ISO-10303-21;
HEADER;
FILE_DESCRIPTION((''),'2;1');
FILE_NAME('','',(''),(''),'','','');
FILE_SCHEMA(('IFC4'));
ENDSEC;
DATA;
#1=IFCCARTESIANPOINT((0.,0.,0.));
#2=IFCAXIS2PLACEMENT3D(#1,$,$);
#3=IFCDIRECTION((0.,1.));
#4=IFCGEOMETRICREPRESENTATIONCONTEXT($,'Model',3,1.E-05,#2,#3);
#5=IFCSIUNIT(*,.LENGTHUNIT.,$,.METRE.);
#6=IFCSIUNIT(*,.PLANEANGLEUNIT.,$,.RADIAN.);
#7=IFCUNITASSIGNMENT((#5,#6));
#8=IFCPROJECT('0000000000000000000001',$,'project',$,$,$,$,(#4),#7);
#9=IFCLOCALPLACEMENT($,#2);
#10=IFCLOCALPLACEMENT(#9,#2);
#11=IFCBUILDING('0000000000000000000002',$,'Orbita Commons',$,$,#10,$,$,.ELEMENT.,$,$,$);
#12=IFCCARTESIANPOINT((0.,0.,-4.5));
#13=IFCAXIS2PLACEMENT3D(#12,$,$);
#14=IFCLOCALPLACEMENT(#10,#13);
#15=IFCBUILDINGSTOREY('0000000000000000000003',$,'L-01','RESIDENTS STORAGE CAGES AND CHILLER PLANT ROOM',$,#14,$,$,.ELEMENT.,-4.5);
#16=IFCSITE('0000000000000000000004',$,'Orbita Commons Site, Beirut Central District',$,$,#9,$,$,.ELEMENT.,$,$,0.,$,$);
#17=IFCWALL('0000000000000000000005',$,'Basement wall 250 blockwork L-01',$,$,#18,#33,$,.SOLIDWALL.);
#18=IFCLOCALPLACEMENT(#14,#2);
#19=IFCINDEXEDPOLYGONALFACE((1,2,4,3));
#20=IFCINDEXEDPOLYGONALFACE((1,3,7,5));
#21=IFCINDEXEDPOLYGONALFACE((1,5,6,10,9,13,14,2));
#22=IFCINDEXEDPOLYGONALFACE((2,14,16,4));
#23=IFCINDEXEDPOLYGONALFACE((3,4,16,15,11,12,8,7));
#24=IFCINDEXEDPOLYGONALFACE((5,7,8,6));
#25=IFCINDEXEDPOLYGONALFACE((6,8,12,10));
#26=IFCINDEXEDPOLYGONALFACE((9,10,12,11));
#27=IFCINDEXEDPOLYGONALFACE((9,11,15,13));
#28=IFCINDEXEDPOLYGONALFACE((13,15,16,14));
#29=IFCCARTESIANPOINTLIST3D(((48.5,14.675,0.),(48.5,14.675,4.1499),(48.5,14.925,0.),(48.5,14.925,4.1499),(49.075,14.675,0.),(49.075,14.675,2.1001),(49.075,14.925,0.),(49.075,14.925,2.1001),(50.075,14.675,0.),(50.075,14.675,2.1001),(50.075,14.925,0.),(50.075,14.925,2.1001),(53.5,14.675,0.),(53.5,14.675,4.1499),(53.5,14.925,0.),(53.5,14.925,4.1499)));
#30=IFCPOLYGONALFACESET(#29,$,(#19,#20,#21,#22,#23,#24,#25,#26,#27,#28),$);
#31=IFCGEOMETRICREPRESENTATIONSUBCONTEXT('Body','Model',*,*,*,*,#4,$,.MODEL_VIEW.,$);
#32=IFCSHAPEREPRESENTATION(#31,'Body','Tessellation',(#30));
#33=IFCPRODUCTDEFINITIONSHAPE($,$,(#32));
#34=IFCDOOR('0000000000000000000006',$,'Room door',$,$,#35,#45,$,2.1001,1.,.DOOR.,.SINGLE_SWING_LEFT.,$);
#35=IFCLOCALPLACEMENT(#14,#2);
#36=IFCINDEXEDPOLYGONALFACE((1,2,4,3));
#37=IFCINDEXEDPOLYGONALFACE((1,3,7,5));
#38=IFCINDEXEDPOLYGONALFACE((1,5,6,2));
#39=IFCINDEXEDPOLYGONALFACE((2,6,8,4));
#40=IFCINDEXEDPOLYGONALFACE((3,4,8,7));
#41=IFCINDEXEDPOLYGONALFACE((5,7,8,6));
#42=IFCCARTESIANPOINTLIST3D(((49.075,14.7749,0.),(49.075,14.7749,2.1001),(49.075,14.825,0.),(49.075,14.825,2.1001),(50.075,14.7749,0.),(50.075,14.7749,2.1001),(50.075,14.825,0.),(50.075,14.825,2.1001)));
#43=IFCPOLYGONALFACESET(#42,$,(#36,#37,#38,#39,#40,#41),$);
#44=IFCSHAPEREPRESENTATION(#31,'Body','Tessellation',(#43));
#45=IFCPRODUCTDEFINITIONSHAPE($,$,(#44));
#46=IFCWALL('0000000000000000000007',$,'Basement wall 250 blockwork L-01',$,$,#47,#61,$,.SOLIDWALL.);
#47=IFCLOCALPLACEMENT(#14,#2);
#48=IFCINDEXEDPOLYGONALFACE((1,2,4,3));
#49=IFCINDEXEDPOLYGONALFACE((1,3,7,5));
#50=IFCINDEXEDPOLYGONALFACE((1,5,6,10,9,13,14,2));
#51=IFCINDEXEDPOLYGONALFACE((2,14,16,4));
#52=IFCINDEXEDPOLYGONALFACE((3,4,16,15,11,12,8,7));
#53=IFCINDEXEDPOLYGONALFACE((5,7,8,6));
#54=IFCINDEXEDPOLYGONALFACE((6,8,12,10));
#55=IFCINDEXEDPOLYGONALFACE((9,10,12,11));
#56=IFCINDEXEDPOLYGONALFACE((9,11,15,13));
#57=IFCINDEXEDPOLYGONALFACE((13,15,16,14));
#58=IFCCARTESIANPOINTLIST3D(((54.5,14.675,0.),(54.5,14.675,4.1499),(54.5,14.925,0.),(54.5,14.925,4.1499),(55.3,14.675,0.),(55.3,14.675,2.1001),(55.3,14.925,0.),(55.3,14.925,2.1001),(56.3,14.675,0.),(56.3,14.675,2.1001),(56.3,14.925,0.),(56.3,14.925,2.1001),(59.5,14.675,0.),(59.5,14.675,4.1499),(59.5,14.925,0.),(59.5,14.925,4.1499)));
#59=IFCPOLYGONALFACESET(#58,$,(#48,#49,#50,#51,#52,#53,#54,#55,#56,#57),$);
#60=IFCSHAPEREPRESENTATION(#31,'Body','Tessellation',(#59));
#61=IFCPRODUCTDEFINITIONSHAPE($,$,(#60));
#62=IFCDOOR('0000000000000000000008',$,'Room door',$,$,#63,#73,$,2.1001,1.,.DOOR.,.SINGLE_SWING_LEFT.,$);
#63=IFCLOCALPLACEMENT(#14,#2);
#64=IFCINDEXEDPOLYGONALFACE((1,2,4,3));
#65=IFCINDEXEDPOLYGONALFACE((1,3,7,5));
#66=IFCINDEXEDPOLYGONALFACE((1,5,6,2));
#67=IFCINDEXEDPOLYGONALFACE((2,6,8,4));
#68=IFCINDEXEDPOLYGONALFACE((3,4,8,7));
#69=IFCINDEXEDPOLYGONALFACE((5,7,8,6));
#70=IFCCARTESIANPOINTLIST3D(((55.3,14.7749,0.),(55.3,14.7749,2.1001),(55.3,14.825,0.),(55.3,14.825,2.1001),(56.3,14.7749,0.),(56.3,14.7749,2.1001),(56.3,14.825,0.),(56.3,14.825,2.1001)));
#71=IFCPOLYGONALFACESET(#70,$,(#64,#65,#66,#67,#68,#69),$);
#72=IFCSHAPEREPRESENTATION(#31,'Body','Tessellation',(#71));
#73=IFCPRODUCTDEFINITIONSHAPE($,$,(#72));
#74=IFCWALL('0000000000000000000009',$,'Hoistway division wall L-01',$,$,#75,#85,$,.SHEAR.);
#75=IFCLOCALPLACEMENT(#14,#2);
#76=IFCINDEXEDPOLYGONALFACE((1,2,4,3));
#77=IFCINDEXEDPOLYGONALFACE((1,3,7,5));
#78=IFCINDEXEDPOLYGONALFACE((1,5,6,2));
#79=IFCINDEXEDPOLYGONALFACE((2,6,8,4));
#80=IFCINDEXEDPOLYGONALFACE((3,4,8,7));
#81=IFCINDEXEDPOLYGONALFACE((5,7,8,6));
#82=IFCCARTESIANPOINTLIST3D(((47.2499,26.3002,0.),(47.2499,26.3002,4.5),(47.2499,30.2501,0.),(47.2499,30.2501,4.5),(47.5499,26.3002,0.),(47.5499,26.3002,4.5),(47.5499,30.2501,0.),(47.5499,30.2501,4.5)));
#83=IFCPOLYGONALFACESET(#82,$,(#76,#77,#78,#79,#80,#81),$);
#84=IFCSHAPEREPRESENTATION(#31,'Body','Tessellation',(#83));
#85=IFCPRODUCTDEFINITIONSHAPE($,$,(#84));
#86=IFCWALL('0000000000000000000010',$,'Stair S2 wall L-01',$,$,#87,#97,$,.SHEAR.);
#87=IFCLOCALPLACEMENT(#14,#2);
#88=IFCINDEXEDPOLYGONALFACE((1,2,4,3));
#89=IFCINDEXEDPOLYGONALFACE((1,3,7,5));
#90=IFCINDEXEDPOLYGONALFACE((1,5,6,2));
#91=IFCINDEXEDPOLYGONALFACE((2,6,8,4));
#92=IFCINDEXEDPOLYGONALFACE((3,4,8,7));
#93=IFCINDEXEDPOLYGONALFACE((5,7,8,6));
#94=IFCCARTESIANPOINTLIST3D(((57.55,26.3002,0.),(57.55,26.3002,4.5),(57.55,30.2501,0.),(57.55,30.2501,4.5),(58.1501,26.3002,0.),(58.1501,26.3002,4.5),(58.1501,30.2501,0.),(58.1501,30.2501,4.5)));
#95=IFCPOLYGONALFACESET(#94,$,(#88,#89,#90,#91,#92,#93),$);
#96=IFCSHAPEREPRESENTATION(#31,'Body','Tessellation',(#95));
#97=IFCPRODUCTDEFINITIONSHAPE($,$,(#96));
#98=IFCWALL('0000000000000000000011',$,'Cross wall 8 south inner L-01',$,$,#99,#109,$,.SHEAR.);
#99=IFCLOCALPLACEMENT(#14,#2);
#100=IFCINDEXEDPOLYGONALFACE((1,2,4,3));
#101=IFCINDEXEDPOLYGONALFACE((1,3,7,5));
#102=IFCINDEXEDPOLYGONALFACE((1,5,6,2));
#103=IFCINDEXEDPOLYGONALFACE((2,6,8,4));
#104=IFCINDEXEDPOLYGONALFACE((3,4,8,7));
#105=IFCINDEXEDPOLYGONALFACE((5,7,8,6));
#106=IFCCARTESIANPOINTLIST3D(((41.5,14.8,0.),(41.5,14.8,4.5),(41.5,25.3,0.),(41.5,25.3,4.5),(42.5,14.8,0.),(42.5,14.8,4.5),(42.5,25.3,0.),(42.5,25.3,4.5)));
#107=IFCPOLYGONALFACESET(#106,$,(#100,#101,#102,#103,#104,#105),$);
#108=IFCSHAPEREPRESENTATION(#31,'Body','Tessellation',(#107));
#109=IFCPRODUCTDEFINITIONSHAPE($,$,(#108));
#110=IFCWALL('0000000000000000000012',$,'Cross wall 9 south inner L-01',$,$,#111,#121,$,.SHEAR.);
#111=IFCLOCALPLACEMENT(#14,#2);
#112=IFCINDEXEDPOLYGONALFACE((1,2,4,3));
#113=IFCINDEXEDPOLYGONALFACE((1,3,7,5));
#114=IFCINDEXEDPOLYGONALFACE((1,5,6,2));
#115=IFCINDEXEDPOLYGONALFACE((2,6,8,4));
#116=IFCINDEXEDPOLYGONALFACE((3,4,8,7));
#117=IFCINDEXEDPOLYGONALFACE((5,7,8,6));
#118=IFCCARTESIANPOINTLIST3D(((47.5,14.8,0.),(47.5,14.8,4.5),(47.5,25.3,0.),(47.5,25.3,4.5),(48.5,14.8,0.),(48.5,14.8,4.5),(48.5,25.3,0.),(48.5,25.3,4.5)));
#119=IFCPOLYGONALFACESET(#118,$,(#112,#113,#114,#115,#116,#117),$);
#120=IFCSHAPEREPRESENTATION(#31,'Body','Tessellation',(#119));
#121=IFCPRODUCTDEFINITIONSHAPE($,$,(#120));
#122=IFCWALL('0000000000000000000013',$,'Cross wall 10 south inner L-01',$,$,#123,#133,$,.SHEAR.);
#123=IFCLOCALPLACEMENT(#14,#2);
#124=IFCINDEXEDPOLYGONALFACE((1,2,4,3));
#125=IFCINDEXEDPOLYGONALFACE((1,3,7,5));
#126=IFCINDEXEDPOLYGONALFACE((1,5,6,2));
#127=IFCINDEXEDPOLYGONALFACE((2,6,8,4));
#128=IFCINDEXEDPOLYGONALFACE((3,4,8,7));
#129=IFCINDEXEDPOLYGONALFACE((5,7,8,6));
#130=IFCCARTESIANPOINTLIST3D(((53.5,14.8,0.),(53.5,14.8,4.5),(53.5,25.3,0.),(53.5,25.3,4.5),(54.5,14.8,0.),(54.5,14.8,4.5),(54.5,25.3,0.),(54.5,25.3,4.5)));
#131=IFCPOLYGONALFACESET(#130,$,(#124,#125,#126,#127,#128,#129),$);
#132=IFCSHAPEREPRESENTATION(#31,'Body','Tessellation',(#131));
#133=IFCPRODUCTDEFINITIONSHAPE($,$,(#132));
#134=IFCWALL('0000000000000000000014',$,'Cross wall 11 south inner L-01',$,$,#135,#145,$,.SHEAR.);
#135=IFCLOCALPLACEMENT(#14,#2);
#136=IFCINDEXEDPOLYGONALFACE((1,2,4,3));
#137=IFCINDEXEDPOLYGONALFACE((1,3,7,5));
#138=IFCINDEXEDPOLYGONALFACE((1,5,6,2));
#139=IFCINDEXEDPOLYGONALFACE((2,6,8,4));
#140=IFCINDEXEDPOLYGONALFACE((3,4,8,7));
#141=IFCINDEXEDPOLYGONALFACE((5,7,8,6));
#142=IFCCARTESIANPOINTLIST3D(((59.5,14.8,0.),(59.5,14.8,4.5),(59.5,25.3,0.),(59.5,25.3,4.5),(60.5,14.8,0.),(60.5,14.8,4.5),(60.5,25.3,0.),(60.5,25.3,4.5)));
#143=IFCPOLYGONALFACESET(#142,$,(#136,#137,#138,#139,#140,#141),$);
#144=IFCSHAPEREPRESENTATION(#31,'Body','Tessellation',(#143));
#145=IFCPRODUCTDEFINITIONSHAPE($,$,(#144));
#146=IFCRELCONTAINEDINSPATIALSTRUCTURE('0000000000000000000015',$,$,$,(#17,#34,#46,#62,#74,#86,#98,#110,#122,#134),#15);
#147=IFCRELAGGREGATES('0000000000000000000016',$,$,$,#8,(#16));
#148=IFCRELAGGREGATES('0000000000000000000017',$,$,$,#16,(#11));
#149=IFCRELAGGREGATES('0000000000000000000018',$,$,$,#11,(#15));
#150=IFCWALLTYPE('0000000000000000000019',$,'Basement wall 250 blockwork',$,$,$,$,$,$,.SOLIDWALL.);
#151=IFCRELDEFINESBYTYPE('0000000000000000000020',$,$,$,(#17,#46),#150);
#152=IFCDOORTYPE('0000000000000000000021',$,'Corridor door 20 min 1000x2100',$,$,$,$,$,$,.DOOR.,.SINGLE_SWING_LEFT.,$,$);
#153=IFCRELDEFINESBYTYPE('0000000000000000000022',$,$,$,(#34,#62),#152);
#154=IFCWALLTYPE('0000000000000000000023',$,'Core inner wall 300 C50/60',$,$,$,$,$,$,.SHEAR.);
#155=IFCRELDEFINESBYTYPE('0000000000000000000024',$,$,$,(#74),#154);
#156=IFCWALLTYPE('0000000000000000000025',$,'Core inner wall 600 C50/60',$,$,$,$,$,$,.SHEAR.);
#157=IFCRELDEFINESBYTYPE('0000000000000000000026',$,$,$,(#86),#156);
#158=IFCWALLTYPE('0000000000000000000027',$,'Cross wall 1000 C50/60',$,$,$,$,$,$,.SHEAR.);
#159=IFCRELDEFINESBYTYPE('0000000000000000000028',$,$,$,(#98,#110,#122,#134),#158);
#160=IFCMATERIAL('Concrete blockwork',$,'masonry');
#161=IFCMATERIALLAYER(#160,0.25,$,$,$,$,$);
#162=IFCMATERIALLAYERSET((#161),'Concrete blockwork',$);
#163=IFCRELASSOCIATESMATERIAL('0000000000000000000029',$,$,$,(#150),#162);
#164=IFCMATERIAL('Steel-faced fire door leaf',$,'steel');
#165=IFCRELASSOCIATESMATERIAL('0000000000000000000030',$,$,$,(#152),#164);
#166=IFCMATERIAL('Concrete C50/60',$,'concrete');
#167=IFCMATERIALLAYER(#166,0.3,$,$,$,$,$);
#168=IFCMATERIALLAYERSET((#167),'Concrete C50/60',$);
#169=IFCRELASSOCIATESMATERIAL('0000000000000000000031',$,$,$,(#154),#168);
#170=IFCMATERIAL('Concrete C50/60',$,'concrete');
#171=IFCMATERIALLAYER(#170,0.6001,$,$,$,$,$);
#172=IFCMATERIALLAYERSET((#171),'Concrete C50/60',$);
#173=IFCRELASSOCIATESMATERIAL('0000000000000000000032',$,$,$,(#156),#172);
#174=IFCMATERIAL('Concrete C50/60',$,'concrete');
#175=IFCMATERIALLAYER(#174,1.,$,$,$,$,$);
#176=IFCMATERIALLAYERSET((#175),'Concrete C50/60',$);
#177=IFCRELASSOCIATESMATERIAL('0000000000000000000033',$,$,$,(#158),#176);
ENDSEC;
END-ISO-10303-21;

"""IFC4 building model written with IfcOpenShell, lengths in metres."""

from ifc_helpers import new_model, si_unit, direction, frame, frame_2d, origin, place, context, subcontext, project, spatial, rectangle, extrude, material, layer, layer_set, type_object, element, fill, save


model = new_model("IFC4")

# Units and contexts
model_context = context("Model", 3, precision=1e-05, world=origin(), true_north=direction((0.0, 1.0)))
body_context = subcontext(model_context, "Body", "Model", "MODEL_VIEW")
ifc_project = project(units=[si_unit("LENGTHUNIT", "METRE"), si_unit("PLANEANGLEUNIT", "RADIAN")], contexts=[model_context])

# Site, building, storey
site_placement = place(None, origin())
site = spatial("IfcSite", under=ifc_project, at=site_placement, Name="Orbita Commons Site, Beirut Central District", CompositionType="ELEMENT", RefElevation=0.0)
building_placement = place(site_placement, origin())
building = spatial("IfcBuilding", under=site, at=building_placement, Name="Orbita Commons", CompositionType="ELEMENT")
storey_placement = place(building_placement, frame((0.0, 0.0, -4.5)))
storey = spatial("IfcBuildingStorey", under=building, at=storey_placement, Name="L-01", Description="RESIDENTS STORAGE CAGES AND CHILLER PLANT ROOM", CompositionType="ELEMENT", Elevation=-4.5)

# Shared definitions
ifc_material_1 = material(Name="Concrete blockwork", Category="masonry")
ifc_layer_1 = layer(ifc_material_1, 0.25)
ifc_layer_set_1 = layer_set([ifc_layer_1], Name="Concrete blockwork")
wall_type_1 = type_object("IfcWallType", Name="Basement wall 250 blockwork", PredefinedType="SOLIDWALL", material=ifc_layer_set_1)

# Walls, openings, doors
ifc_material_2 = material(Name="Steel-faced fire door leaf", Category="steel")
door_type = type_object("IfcDoorType", Name="Corridor door 20 min 1000x2100", OperationType="SINGLE_SWING_LEFT", PredefinedType="DOOR", material=ifc_material_2)
wall_1_placement = place(storey_placement, frame((48.5, 14.8, 0.0), z_axis=(0.0, 0.0, 1.0), x_axis=(1.0, 0.0, 0.0)))
wall_1 = element("IfcWall", 1, at=wall_1_placement, inside=storey, type_object=wall_type_1, Name="Basement wall 250 blockwork L-01", PredefinedType="SOLIDWALL", context=body_context, shape_type="SweptSolid", body=[
    extrude(rectangle(XDim=5.0, YDim=0.25, at=frame_2d((2.5, 0.0))), origin(), (0.0, 0.0, 1.0), 4.1499),
])
opening_1_placement = place(wall_1_placement, frame((0.575, 0.0, 0.0)))
opening_1 = element("IfcOpeningElement", 2, at=opening_1_placement, cuts=wall_1, PredefinedType="OPENING", context=body_context, shape_type="SweptSolid", body=[
    extrude(rectangle(XDim=1.0, YDim=2.1001, at=frame_2d((0.5, 1.05))), frame((0.0, 0.135, 0.0), z_axis=(0.0, -1.0, 0.0), x_axis=(1.0, 0.0, 0.0)), (0.0, 0.0, 1.0), 0.27),
])
door_1_placement = place(opening_1_placement, origin())
door_1 = element("IfcDoor", 3, at=door_1_placement, inside=storey, type_object=door_type, Name="Room door", OperationType="SINGLE_SWING_LEFT", OverallHeight=2.1001, OverallWidth=1.0, PredefinedType="DOOR", context=body_context, shape_type="SweptSolid", body=[
    extrude(rectangle(XDim=1.0, YDim=2.1001, at=frame_2d((0.5, 1.05))), frame((0.0, 0.0249, 0.0), z_axis=(0.0, -1.0, 0.0), x_axis=(1.0, 0.0, 0.0)), (0.0, 0.0, 1.0), 0.05),
])
fill(opening_1, door_1)
wall_2_placement = place(storey_placement, frame((54.5, 14.8, 0.0), z_axis=(0.0, 0.0, 1.0), x_axis=(1.0, 0.0, 0.0)))
wall_2 = element("IfcWall", 4, at=wall_2_placement, inside=storey, type_object=wall_type_1, Name="Basement wall 250 blockwork L-01", PredefinedType="SOLIDWALL", context=body_context, shape_type="SweptSolid", body=[
    extrude(rectangle(XDim=5.0, YDim=0.25, at=frame_2d((2.5, 0.0))), origin(), (0.0, 0.0, 1.0), 4.1499),
])
opening_2_placement = place(wall_2_placement, frame((0.8, 0.0, 0.0)))
opening_2 = element("IfcOpeningElement", 5, at=opening_2_placement, cuts=wall_2, PredefinedType="OPENING", context=body_context, shape_type="SweptSolid", body=[
    extrude(rectangle(XDim=1.0, YDim=2.1001, at=frame_2d((0.5, 1.05))), frame((0.0, 0.135, 0.0), z_axis=(0.0, -1.0, 0.0), x_axis=(1.0, 0.0, 0.0)), (0.0, 0.0, 1.0), 0.27),
])
door_2_placement = place(opening_2_placement, origin())
door_2 = element("IfcDoor", 6, at=door_2_placement, inside=storey, type_object=door_type, Name="Room door", OperationType="SINGLE_SWING_LEFT", OverallHeight=2.1001, OverallWidth=1.0, PredefinedType="DOOR", context=body_context, shape_type="SweptSolid", body=[
    extrude(rectangle(XDim=1.0, YDim=2.1001, at=frame_2d((0.5, 1.05))), frame((0.0, 0.0249, 0.0), z_axis=(0.0, -1.0, 0.0), x_axis=(1.0, 0.0, 0.0)), (0.0, 0.0, 1.0), 0.05),
])
fill(opening_2, door_2)

# Walls
ifc_material_3 = material(Name="Concrete C50/60", Category="concrete")
ifc_layer_2 = layer(ifc_material_3, 0.3)
ifc_layer_set_2 = layer_set([ifc_layer_2], Name="Concrete C50/60")
wall_type_2 = type_object("IfcWallType", Name="Core inner wall 300 C50/60", PredefinedType="SHEAR", material=ifc_layer_set_2)
wall_3_placement = place(storey_placement, frame((47.3999, 26.3, 0.0), z_axis=(0.0, 0.0, 1.0), x_axis=(0.0, 1.0, 0.0)))
element("IfcWall", 7, at=wall_3_placement, inside=storey, type_object=wall_type_2, Name="Hoistway division wall L-01", PredefinedType="SHEAR", context=body_context, shape_type="SweptSolid", body=[
    extrude(rectangle(XDim=3.95, YDim=0.3, at=frame_2d((1.9751, 0.0))), origin(), (0.0, 0.0, 1.0), 4.5),
])
ifc_material_4 = material(Name="Concrete C50/60", Category="concrete")
ifc_layer_3 = layer(ifc_material_4, 0.6001)
ifc_layer_set_3 = layer_set([ifc_layer_3], Name="Concrete C50/60")
wall_type_3 = type_object("IfcWallType", Name="Core inner wall 600 C50/60", PredefinedType="SHEAR", material=ifc_layer_set_3)
wall_4_placement = place(storey_placement, frame((57.8501, 26.3, 0.0), z_axis=(0.0, 0.0, 1.0), x_axis=(0.0, 1.0, 0.0)))
element("IfcWall", 8, at=wall_4_placement, inside=storey, type_object=wall_type_3, Name="Stair S2 wall L-01", PredefinedType="SHEAR", context=body_context, shape_type="SweptSolid", body=[
    extrude(rectangle(XDim=3.95, YDim=0.6001, at=frame_2d((1.9751, 0.0))), origin(), (0.0, 0.0, 1.0), 4.5),
])
ifc_material_5 = material(Name="Concrete C50/60", Category="concrete")
ifc_layer_4 = layer(ifc_material_5, 1.0)
ifc_layer_set_4 = layer_set([ifc_layer_4], Name="Concrete C50/60")
wall_type_4 = type_object("IfcWallType", Name="Cross wall 1000 C50/60", PredefinedType="SHEAR", material=ifc_layer_set_4)
for number, where, z_axis, x_axis, name in (
    (9, (42.0, 14.8, 0.0), (0.0, 0.0, 1.0), (0.0, 1.0, 0.0), "Cross wall 8 south inner L-01"),
    (10, (48.0, 14.8, 0.0), (0.0, 0.0, 1.0), (0.0, 1.0, 0.0), "Cross wall 9 south inner L-01"),
    (11, (54.0, 14.8, 0.0), (0.0, 0.0, 1.0), (0.0, 1.0, 0.0), "Cross wall 10 south inner L-01"),
    (12, (60.0, 14.8, 0.0), (0.0, 0.0, 1.0), (0.0, 1.0, 0.0), "Cross wall 11 south inner L-01"),
):
    element("IfcWall", number, at=place(storey_placement, frame(where, z_axis=z_axis, x_axis=x_axis)), inside=storey, type_object=wall_type_4, Name=name, PredefinedType="SHEAR", context=body_context, shape_type="SweptSolid", body=[
        extrude(rectangle(XDim=10.5, YDim=1.0, at=frame_2d((5.25, 0.0))), origin(), (0.0, 0.0, 1.0), 4.5),
    ])

save(model, "model.ifc")
